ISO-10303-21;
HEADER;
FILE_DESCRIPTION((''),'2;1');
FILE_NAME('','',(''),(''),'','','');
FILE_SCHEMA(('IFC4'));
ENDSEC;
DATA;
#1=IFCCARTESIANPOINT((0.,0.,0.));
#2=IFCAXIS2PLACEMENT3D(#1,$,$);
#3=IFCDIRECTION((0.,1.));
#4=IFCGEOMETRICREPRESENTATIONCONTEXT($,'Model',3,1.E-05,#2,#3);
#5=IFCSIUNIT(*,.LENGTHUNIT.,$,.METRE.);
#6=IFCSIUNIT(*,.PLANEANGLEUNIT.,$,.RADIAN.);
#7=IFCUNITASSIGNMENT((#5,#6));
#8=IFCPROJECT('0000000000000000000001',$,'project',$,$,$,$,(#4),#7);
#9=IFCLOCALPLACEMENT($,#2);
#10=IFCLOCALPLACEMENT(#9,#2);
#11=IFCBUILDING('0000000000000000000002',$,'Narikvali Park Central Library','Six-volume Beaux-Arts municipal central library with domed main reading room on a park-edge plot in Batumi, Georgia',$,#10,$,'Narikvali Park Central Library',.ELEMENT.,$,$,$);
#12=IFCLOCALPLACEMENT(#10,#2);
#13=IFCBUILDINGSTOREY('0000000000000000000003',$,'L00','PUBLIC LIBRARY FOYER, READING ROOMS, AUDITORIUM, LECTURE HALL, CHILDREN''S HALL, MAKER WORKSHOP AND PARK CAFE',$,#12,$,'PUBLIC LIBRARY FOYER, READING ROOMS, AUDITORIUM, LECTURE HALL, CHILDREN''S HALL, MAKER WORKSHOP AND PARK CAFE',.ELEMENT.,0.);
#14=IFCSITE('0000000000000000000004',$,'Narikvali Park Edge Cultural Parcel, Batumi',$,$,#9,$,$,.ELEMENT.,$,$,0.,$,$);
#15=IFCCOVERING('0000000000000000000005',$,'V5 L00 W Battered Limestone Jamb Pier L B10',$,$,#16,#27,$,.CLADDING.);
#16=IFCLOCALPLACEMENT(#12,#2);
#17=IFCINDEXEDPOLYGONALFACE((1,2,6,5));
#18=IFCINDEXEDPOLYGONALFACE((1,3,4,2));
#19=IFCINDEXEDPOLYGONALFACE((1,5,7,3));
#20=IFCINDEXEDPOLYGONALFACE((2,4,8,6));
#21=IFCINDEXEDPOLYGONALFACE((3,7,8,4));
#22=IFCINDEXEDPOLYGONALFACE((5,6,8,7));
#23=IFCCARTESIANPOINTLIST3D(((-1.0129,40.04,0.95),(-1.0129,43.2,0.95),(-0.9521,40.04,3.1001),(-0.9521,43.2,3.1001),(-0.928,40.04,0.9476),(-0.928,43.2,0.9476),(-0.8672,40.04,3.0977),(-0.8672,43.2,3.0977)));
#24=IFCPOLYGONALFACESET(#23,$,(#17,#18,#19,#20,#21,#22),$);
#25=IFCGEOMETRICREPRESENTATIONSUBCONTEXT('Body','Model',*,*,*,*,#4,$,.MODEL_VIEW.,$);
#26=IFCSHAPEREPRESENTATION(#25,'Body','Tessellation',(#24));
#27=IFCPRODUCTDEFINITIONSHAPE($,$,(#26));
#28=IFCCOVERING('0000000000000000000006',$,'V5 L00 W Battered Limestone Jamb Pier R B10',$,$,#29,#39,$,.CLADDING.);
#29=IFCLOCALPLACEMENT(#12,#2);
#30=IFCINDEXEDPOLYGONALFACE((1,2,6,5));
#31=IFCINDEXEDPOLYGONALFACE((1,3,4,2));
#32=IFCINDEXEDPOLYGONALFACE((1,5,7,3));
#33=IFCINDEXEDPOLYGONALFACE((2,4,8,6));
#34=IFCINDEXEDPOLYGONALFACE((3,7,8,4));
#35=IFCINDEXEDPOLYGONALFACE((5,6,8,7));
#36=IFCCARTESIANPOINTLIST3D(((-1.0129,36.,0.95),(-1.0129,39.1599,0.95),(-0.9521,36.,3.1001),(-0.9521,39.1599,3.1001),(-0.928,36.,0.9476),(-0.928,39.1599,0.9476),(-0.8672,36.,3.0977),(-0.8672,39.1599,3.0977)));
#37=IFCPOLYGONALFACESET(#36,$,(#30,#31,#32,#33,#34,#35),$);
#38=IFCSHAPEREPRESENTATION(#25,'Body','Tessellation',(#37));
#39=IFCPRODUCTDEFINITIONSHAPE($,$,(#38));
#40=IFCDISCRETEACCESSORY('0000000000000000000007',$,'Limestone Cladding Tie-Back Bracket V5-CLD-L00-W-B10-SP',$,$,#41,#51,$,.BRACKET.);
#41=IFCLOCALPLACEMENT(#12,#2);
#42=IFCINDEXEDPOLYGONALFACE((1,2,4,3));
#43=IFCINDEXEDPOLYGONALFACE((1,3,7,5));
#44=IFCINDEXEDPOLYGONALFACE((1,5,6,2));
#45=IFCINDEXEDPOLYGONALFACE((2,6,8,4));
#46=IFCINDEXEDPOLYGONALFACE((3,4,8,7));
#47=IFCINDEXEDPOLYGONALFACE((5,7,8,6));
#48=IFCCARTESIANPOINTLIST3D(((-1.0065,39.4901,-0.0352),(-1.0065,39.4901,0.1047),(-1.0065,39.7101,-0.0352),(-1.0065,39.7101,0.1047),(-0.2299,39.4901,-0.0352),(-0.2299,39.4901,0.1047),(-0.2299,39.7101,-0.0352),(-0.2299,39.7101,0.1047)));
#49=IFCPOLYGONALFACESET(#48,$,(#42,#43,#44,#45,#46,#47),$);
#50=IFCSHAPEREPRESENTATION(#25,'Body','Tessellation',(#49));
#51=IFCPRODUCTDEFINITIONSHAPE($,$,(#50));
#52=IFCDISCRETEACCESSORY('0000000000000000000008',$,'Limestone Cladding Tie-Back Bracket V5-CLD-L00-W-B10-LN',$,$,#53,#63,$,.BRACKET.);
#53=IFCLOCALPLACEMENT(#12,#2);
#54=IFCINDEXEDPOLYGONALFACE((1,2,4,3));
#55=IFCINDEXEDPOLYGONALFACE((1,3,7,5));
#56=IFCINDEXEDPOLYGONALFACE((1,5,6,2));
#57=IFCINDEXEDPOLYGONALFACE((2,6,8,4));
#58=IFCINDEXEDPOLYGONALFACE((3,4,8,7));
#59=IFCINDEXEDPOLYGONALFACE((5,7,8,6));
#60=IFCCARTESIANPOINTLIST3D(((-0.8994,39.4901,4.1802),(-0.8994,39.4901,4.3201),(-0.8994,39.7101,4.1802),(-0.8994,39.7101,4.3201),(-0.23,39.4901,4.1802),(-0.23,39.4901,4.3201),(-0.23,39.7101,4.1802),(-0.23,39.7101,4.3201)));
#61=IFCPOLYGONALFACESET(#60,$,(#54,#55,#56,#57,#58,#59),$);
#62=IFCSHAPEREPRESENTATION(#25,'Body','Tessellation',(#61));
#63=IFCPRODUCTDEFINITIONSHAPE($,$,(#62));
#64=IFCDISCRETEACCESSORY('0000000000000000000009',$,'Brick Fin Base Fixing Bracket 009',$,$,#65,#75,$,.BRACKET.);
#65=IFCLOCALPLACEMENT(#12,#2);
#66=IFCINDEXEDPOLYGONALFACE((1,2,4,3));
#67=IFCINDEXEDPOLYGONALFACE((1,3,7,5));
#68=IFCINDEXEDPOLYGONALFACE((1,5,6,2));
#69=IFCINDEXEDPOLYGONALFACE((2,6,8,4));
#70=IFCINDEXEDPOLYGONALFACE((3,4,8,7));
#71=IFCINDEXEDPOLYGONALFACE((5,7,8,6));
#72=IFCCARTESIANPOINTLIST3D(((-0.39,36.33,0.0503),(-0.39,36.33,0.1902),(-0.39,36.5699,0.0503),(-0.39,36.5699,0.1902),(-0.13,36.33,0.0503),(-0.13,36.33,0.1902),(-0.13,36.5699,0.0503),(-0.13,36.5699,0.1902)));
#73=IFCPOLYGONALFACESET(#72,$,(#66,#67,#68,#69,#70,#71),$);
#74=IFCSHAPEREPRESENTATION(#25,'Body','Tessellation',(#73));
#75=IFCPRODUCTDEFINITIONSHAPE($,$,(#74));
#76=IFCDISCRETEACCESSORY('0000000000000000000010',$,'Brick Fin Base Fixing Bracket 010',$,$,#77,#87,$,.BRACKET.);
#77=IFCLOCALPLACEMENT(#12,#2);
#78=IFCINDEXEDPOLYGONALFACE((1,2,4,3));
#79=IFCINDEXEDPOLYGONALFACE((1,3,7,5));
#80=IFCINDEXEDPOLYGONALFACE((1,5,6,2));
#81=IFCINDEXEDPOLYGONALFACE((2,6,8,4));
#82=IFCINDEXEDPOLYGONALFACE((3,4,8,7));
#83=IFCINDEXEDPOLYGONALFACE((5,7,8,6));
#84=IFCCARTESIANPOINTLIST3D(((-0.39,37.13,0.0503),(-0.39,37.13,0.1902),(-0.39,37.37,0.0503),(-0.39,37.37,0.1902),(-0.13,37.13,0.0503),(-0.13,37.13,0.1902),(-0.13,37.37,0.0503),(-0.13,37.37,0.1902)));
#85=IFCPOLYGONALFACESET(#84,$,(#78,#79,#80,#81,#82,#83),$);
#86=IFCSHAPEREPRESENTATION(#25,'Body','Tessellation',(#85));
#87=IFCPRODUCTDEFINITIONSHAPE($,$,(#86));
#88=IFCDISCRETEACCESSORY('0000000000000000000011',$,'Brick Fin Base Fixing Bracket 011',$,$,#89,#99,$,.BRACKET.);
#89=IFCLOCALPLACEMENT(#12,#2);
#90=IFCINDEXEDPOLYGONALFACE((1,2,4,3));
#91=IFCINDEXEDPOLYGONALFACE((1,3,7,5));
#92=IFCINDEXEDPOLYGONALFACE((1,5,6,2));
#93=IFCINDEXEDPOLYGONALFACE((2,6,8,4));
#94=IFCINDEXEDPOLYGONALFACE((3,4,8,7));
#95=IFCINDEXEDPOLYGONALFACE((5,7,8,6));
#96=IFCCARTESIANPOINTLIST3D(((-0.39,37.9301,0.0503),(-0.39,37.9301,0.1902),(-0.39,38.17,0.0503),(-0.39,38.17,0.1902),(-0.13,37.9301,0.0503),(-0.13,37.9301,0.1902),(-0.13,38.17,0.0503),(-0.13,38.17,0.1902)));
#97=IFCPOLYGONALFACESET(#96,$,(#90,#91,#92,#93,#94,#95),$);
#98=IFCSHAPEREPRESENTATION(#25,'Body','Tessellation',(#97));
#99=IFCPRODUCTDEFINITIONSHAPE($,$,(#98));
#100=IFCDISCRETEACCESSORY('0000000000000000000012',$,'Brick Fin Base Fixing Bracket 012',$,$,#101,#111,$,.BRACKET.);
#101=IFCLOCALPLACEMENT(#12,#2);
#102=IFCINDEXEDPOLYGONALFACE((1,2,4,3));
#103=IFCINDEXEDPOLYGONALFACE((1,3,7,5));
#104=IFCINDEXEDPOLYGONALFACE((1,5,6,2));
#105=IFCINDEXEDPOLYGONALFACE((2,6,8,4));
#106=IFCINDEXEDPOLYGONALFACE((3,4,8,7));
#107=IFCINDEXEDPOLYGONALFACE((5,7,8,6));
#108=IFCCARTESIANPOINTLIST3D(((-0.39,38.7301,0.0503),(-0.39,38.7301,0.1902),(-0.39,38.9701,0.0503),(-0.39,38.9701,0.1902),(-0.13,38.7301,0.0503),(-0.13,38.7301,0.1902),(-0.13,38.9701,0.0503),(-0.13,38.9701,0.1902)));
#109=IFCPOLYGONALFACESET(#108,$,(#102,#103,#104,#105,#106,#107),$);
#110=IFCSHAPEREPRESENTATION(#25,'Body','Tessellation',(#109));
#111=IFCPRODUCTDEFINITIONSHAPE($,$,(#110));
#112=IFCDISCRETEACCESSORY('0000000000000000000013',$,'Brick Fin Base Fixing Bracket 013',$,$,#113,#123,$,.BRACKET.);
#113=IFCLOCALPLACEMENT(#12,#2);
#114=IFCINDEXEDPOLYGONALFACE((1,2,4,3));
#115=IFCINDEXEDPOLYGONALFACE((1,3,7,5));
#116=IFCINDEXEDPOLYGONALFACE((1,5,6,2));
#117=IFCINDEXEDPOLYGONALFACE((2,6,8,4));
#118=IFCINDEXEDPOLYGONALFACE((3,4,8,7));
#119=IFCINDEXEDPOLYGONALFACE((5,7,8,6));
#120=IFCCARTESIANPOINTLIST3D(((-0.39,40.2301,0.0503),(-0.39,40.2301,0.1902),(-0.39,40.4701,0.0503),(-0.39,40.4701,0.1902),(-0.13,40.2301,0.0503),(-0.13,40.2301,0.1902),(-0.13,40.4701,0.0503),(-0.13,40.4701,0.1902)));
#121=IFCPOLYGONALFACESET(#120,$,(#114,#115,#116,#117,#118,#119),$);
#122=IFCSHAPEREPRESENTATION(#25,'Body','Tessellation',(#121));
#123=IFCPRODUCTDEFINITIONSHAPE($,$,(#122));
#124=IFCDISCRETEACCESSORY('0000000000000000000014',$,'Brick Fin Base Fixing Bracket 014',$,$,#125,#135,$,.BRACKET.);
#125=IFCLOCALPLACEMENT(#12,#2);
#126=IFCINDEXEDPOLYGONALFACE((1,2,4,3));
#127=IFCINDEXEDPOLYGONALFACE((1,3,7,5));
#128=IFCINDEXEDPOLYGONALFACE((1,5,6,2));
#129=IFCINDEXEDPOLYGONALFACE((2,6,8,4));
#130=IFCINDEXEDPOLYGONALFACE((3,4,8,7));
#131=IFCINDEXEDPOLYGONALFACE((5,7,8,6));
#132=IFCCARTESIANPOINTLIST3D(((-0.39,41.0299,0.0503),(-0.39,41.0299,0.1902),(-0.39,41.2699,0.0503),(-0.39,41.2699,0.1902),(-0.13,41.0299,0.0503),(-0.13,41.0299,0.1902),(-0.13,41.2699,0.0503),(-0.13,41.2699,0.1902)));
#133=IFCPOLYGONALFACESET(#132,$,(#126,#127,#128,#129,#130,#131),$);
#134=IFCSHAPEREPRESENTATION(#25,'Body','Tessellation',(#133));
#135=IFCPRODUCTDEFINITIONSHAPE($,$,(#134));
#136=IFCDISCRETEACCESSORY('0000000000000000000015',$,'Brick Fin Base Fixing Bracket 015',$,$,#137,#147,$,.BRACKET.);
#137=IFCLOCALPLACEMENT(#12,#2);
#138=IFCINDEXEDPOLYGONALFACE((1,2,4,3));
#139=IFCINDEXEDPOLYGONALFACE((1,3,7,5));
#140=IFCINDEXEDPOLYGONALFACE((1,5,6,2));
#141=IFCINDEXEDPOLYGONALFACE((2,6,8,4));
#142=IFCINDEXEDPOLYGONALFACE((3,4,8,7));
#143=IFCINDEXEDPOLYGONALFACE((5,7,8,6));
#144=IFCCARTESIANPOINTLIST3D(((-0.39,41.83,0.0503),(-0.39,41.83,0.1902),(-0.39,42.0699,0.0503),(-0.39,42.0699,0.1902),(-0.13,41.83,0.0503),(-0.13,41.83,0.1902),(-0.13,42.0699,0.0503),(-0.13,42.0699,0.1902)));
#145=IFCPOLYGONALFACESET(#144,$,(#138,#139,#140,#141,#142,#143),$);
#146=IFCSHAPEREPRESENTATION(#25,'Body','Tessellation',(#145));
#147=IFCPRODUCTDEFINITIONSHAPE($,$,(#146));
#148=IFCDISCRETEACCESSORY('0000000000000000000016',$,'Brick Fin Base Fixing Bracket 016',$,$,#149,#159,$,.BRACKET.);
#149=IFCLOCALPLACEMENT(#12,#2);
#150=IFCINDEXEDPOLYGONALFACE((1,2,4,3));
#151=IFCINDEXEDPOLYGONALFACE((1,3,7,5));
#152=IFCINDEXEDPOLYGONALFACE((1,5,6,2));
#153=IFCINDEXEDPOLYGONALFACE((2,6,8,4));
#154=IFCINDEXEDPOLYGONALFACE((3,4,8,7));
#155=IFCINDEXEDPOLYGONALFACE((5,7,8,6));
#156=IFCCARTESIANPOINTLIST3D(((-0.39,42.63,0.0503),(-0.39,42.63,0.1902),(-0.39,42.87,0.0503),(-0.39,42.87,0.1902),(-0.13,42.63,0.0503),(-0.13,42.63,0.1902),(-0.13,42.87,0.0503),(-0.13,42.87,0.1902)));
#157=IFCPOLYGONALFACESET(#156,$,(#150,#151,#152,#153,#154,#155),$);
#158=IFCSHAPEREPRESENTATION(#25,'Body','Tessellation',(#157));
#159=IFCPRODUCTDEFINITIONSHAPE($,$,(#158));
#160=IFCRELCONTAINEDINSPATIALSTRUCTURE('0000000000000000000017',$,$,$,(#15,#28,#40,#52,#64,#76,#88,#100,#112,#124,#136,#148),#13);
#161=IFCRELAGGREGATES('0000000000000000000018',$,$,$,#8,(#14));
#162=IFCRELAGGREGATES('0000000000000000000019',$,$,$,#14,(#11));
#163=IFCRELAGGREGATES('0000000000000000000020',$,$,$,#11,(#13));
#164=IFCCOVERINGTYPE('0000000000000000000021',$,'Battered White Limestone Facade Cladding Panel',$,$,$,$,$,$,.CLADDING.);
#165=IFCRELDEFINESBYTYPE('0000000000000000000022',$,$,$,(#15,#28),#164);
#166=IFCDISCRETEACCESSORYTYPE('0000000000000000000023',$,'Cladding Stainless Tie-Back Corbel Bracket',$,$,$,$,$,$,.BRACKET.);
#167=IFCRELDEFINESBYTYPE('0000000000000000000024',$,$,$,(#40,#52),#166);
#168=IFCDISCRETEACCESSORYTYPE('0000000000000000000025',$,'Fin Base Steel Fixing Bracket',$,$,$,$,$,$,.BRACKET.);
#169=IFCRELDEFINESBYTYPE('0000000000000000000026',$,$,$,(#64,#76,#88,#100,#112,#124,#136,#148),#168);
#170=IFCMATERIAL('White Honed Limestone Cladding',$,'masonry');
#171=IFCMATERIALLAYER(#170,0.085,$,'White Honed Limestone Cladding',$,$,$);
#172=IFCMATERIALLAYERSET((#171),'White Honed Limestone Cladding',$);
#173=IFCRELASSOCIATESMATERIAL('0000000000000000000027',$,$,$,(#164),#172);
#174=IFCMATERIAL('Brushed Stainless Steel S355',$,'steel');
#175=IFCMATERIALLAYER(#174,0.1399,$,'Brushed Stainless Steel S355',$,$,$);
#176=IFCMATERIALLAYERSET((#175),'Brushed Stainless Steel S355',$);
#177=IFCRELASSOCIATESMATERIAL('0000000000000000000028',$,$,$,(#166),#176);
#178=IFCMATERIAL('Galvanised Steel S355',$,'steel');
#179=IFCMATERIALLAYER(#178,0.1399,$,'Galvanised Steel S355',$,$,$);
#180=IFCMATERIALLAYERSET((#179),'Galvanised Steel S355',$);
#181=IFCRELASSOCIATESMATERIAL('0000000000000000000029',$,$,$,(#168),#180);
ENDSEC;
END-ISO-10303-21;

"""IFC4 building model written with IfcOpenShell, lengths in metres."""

from ifc_helpers import new_model, si_unit, direction, frame, origin, origin_2d, place, context, subcontext, project, spatial, polyline, rectangle, outline, extrude, material, layer, layer_set, type_object, element, save


model = new_model("IFC4")

# Units and contexts
model_context = context("Model", 3, precision=1e-05, world=origin(), true_north=direction((0.0, 1.0)))
body_context = subcontext(model_context, "Body", "Model", "MODEL_VIEW")
ifc_project = project(units=[si_unit("LENGTHUNIT", "METRE"), si_unit("PLANEANGLEUNIT", "RADIAN")], contexts=[model_context])

# Site, building, storey
site_placement = place(None, origin())
site = spatial("IfcSite", under=ifc_project, at=site_placement, Name="Narikvali Park Edge Cultural Parcel, Batumi", CompositionType="ELEMENT", RefElevation=0.0)
building_placement = place(site_placement, origin())
building = spatial("IfcBuilding", under=site, at=building_placement, Name="Narikvali Park Central Library", Description="Six-volume Beaux-Arts municipal central library with domed main reading room on a park-edge plot in Batumi, Georgia", LongName="Narikvali Park Central Library", CompositionType="ELEMENT")
storey_placement = place(building_placement, origin())
storey = spatial("IfcBuildingStorey", under=building, at=storey_placement, Name="L00", Description="PUBLIC LIBRARY FOYER, READING ROOMS, AUDITORIUM, LECTURE HALL, CHILDREN'S HALL, MAKER WORKSHOP AND PARK CAFE", LongName="PUBLIC LIBRARY FOYER, READING ROOMS, AUDITORIUM, LECTURE HALL, CHILDREN'S HALL, MAKER WORKSHOP AND PARK CAFE", CompositionType="ELEMENT", Elevation=0.0)

# Coverings
ifc_material_1 = material(Name="White Honed Limestone Cladding", Category="masonry")
ifc_layer_1 = layer(ifc_material_1, 0.085, Name="White Honed Limestone Cladding")
ifc_layer_set_1 = layer_set([ifc_layer_1], Name="White Honed Limestone Cladding")
covering_type = type_object("IfcCoveringType", Name="Battered White Limestone Facade Cladding Panel", PredefinedType="CLADDING", material=ifc_layer_set_1)
for number, where, z_axis, x_axis, name in (
    (1, (-1.0129, 43.2, 0.95), (-0.999601, 0.0, 0.028262), (0.0, -1.0, 0.0), "V5 L00 W Battered Limestone Jamb Pier L B10"),
    (2, (-1.0129, 39.1599, 0.95), (-0.999601, 0.0, 0.028262), (0.0, -1.0, 0.0), "V5 L00 W Battered Limestone Jamb Pier R B10"),
):
    element("IfcCovering", number, at=place(storey_placement, frame(where, z_axis=z_axis, x_axis=x_axis)), inside=storey, type_object=covering_type, Name=name, PredefinedType="CLADDING", context=body_context, shape_type="SweptSolid", body=[
        extrude(outline(polyline([(0.0, 0.0), (3.1599, 0.0), (3.1599, 2.151), (0.0, 2.151), (0.0, 0.0)])), origin(), (0.0, 0.0, -1.0), 0.085),
    ])

# Discrete accessories
ifc_material_2 = material(Name="Brushed Stainless Steel S355", Category="steel")
ifc_layer_2 = layer(ifc_material_2, 0.1399, Name="Brushed Stainless Steel S355")
ifc_layer_set_2 = layer_set([ifc_layer_2], Name="Brushed Stainless Steel S355")
discrete_accessory_type_1 = type_object("IfcDiscreteAccessoryType", Name="Cladding Stainless Tie-Back Corbel Bracket", PredefinedType="BRACKET", material=ifc_layer_set_2)
discrete_accessory_1_placement = place(storey_placement, frame((-0.6182, 39.6001, -0.0352), z_axis=(0.0, 0.0, 1.0), x_axis=(1.0, 0.0, 0.0)))
element("IfcDiscreteAccessory", 3, at=discrete_accessory_1_placement, inside=storey, type_object=discrete_accessory_type_1, Name="Limestone Cladding Tie-Back Bracket V5-CLD-L00-W-B10-SP", PredefinedType="BRACKET", context=body_context, shape_type="SweptSolid", body=[
    extrude(rectangle(XDim=0.7766, YDim=0.22, at=origin_2d()), origin(), (0.0, 0.0, 1.0), 0.1399),
])
discrete_accessory_2_placement = place(storey_placement, frame((-0.5647, 39.6001, 4.1802), z_axis=(0.0, 0.0, 1.0), x_axis=(1.0, 0.0, 0.0)))
element("IfcDiscreteAccessory", 4, at=discrete_accessory_2_placement, inside=storey, type_object=discrete_accessory_type_1, Name="Limestone Cladding Tie-Back Bracket V5-CLD-L00-W-B10-LN", PredefinedType="BRACKET", context=body_context, shape_type="SweptSolid", body=[
    extrude(rectangle(XDim=0.6694, YDim=0.22, at=origin_2d()), origin(), (0.0, 0.0, 1.0), 0.1399),
])
ifc_material_3 = material(Name="Galvanised Steel S355", Category="steel")
ifc_layer_3 = layer(ifc_material_3, 0.1399, Name="Galvanised Steel S355")
ifc_layer_set_3 = layer_set([ifc_layer_3], Name="Galvanised Steel S355")
discrete_accessory_type_2 = type_object("IfcDiscreteAccessoryType", Name="Fin Base Steel Fixing Bracket", PredefinedType="BRACKET", material=ifc_layer_set_3)
for number, where, z_axis, x_axis, name in (
    (5, (-0.26, 36.45, 0.0503), (0.0, 0.0, 1.0), (1.0, 0.0, 0.0), "Brick Fin Base Fixing Bracket 009"),
    (6, (-0.26, 37.25, 0.0503), (0.0, 0.0, 1.0), (1.0, 0.0, 0.0), "Brick Fin Base Fixing Bracket 010"),
    (7, (-0.26, 38.05, 0.0503), (0.0, 0.0, 1.0), (1.0, 0.0, 0.0), "Brick Fin Base Fixing Bracket 011"),
    (8, (-0.26, 38.8501, 0.0503), (0.0, 0.0, 1.0), (1.0, 0.0, 0.0), "Brick Fin Base Fixing Bracket 012"),
    (9, (-0.26, 40.3501, 0.0503), (0.0, 0.0, 1.0), (1.0, 0.0, 0.0), "Brick Fin Base Fixing Bracket 013"),
    (10, (-0.26, 41.1499, 0.0503), (0.0, 0.0, 1.0), (1.0, 0.0, 0.0), "Brick Fin Base Fixing Bracket 014"),
    (11, (-0.26, 41.95, 0.0503), (0.0, 0.0, 1.0), (1.0, 0.0, 0.0), "Brick Fin Base Fixing Bracket 015"),
    (12, (-0.26, 42.75, 0.0503), (0.0, 0.0, 1.0), (1.0, 0.0, 0.0), "Brick Fin Base Fixing Bracket 016"),
):
    element("IfcDiscreteAccessory", number, at=place(storey_placement, frame(where, z_axis=z_axis, x_axis=x_axis)), inside=storey, type_object=discrete_accessory_type_2, Name=name, PredefinedType="BRACKET", context=body_context, shape_type="SweptSolid", body=[
        extrude(rectangle(XDim=0.26, YDim=0.24, at=origin_2d()), origin(), (0.0, 0.0, 1.0), 0.1399),
    ])

save(model, "model.ifc")
